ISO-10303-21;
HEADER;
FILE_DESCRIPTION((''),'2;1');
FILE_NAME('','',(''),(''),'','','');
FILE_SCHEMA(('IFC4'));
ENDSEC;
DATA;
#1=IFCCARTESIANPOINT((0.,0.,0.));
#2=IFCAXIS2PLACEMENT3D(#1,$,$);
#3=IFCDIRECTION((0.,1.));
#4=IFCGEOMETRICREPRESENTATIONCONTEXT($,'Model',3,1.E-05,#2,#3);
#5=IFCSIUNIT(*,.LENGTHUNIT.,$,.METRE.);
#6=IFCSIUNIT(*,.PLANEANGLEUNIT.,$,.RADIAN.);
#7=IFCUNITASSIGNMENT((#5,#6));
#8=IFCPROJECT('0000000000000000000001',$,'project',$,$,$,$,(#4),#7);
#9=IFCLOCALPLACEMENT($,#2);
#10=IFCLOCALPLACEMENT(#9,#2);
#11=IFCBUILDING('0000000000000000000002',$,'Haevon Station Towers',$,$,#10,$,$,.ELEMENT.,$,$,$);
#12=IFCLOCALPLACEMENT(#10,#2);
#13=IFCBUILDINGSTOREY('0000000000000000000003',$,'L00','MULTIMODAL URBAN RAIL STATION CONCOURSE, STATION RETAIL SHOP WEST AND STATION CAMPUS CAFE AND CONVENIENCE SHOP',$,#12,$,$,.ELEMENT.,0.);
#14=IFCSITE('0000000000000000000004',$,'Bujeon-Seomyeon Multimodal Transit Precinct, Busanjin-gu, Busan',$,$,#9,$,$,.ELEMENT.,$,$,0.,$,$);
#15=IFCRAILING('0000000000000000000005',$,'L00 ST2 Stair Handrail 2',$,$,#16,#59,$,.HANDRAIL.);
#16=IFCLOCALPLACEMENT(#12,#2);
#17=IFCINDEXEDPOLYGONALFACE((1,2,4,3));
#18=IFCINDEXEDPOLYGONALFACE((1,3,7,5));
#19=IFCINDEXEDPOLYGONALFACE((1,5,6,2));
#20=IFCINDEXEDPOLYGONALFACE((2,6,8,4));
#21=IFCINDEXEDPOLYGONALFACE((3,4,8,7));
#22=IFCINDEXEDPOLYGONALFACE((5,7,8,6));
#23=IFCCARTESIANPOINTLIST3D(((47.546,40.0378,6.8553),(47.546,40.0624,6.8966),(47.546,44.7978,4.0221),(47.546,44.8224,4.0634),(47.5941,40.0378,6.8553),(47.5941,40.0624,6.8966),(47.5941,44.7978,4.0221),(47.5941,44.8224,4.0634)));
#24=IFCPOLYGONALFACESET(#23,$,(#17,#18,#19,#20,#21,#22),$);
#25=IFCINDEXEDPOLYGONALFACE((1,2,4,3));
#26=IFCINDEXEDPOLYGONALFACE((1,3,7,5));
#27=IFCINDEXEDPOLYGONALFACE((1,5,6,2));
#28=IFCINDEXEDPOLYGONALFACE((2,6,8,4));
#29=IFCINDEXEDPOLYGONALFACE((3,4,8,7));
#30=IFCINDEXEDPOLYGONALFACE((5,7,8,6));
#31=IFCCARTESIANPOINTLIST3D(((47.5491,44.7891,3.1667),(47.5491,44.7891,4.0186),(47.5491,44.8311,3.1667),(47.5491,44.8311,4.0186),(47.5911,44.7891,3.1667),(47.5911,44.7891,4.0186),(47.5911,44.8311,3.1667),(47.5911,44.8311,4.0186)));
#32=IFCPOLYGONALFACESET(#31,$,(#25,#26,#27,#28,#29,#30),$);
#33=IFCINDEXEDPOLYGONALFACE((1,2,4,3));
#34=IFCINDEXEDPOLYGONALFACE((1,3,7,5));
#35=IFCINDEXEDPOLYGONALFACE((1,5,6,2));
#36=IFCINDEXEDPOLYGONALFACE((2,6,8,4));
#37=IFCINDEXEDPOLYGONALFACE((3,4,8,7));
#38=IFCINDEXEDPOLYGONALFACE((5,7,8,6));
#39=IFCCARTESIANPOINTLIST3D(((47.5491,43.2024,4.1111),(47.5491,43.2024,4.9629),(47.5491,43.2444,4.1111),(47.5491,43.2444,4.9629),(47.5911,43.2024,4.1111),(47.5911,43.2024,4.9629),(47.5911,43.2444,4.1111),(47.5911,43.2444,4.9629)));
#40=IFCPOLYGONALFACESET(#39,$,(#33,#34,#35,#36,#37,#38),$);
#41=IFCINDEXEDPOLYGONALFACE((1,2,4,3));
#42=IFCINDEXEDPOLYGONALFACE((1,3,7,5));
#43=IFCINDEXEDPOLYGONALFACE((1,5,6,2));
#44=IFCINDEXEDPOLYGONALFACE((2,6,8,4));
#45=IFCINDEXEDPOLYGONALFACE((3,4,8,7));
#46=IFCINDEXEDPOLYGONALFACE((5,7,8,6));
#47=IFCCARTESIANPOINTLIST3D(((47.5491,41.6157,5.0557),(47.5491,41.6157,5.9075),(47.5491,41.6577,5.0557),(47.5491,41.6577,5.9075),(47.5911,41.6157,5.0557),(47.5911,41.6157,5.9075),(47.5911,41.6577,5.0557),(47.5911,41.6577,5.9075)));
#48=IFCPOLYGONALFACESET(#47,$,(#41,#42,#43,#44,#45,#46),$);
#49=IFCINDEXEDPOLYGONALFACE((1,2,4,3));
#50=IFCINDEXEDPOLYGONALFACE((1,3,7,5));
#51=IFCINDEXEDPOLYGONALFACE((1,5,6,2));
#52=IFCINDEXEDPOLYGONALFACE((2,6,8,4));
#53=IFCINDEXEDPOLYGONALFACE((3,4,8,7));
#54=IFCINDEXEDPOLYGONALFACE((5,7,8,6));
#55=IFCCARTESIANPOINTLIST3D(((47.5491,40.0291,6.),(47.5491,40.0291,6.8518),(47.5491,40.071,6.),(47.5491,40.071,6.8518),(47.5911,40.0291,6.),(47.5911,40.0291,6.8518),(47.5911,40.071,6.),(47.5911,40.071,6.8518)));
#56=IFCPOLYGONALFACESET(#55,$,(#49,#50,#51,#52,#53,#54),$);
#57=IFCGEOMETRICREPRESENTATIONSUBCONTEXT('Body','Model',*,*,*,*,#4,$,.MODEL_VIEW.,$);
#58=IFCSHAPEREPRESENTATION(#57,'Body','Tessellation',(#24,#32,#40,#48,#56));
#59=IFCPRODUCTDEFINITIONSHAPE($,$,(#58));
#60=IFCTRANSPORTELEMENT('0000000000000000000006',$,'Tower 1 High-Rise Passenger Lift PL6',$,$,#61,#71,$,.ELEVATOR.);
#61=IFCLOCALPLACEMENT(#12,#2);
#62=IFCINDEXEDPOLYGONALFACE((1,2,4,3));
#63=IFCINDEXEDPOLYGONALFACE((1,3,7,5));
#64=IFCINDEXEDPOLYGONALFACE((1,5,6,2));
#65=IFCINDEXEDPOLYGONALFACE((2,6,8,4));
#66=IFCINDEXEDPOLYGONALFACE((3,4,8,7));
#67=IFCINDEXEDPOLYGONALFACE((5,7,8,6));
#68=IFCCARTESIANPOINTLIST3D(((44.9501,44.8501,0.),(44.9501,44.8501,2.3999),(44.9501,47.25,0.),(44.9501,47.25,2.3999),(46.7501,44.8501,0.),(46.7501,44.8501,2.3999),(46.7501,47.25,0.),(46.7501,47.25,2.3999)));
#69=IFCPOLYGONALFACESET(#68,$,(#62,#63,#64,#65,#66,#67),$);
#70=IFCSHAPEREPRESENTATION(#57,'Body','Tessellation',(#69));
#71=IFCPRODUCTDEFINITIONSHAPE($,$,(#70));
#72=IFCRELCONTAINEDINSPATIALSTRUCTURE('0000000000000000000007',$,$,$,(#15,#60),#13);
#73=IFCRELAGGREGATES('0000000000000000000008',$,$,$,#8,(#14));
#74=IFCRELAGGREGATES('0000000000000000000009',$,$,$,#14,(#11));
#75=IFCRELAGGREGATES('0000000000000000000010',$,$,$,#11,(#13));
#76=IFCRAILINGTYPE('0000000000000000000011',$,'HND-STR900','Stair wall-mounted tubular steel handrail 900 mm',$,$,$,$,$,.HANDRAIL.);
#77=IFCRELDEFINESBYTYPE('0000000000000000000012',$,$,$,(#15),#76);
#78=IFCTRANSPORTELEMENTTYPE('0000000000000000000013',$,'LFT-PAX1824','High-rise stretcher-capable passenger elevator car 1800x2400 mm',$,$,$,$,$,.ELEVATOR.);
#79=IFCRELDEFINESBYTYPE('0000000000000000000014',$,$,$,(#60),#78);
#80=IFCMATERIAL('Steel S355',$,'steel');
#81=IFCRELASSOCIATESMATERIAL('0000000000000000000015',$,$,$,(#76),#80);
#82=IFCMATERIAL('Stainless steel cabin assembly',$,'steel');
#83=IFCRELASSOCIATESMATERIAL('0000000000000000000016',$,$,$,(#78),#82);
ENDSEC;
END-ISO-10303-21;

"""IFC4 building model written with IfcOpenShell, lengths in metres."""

from ifc_helpers import new_model, si_unit, direction, frame, origin, origin_2d, place, context, subcontext, project, spatial, rectangle, extrude, material, type_object, element, save


model = new_model("IFC4")

# Units and contexts
model_context = context("Model", 3, precision=1e-05, world=origin(), true_north=direction((0.0, 1.0)))
body_context = subcontext(model_context, "Body", "Model", "MODEL_VIEW")
ifc_project = project(units=[si_unit("LENGTHUNIT", "METRE"), si_unit("PLANEANGLEUNIT", "RADIAN")], contexts=[model_context])

# Site, building, storey
site_placement = place(None, origin())
site = spatial("IfcSite", under=ifc_project, at=site_placement, Name="Bujeon-Seomyeon Multimodal Transit Precinct, Busanjin-gu, Busan", CompositionType="ELEMENT", RefElevation=0.0)
building_placement = place(site_placement, origin())
building = spatial("IfcBuilding", under=site, at=building_placement, Name="Haevon Station Towers", CompositionType="ELEMENT")
storey_placement = place(building_placement, origin())
storey = spatial("IfcBuildingStorey", under=building, at=storey_placement, Name="L00", Description="MULTIMODAL URBAN RAIL STATION CONCOURSE, STATION RETAIL SHOP WEST AND STATION CAMPUS CAFE AND CONVENIENCE SHOP", CompositionType="ELEMENT", Elevation=0.0)

# Shared definitions
ifc_material_1 = material(Name="Steel S355", Category="steel")

# Railing
railing_type_1 = type_object("IfcRailingType", Name="HND-STR900", Description="Stair wall-mounted tubular steel handrail 900 mm", PredefinedType="HANDRAIL", material=ifc_material_1)
railing_1_placement = place(storey_placement, frame((47.5701, 44.8101, 3.1667)))
element("IfcRailing", 1, at=railing_1_placement, inside=storey, type_object=railing_type_1, Name="L00 ST2 Stair Handrail 2", PredefinedType="HANDRAIL", context=body_context, shape_type="SweptSolid", body=[
    extrude(rectangle(XDim=0.0481, YDim=0.0481, at=origin_2d()), frame((0.0, 0.0, 0.876), z_axis=(0.0, -0.8593, 0.511472), x_axis=(1.0, 0.0, 0.0)), (0.0, 0.0, 1.0), 5.5393),
    extrude(rectangle(XDim=0.042, YDim=0.042, at=origin_2d()), origin(), (0.0, 0.0, 1.0), 0.8518),
    extrude(rectangle(XDim=0.042, YDim=0.042, at=origin_2d()), frame((0.0, -1.5867, 0.9443)), (0.0, 0.0, 1.0), 0.8518),
    extrude(rectangle(XDim=0.042, YDim=0.042, at=origin_2d()), frame((0.0, -3.1733, 1.8889)), (0.0, 0.0, 1.0), 0.8518),
    extrude(rectangle(XDim=0.042, YDim=0.042, at=origin_2d()), frame((0.0, -4.76, 2.8333)), (0.0, 0.0, 1.0), 0.8518),
])

# Transport element
ifc_material_2 = material(Name="Stainless steel cabin assembly", Category="steel")
transport_element_type = type_object("IfcTransportElementType", Name="LFT-PAX1824", Description="High-rise stretcher-capable passenger elevator car 1800x2400 mm", PredefinedType="ELEVATOR", material=ifc_material_2)
transport_element_placement = place(storey_placement, frame((45.8501, 46.05, 0.0), z_axis=(0.0, 0.0, 1.0), x_axis=(1.0, 0.0, 0.0)))
element("IfcTransportElement", 2, at=transport_element_placement, inside=storey, type_object=transport_element_type, Name="Tower 1 High-Rise Passenger Lift PL6", PredefinedType="ELEVATOR", context=body_context, shape_type="SweptSolid", body=[
    extrude(rectangle(XDim=1.8, YDim=2.3999, at=origin_2d()), origin(), (0.0, 0.0, 1.0), 2.3999),
])

save(model, "model.ifc")
